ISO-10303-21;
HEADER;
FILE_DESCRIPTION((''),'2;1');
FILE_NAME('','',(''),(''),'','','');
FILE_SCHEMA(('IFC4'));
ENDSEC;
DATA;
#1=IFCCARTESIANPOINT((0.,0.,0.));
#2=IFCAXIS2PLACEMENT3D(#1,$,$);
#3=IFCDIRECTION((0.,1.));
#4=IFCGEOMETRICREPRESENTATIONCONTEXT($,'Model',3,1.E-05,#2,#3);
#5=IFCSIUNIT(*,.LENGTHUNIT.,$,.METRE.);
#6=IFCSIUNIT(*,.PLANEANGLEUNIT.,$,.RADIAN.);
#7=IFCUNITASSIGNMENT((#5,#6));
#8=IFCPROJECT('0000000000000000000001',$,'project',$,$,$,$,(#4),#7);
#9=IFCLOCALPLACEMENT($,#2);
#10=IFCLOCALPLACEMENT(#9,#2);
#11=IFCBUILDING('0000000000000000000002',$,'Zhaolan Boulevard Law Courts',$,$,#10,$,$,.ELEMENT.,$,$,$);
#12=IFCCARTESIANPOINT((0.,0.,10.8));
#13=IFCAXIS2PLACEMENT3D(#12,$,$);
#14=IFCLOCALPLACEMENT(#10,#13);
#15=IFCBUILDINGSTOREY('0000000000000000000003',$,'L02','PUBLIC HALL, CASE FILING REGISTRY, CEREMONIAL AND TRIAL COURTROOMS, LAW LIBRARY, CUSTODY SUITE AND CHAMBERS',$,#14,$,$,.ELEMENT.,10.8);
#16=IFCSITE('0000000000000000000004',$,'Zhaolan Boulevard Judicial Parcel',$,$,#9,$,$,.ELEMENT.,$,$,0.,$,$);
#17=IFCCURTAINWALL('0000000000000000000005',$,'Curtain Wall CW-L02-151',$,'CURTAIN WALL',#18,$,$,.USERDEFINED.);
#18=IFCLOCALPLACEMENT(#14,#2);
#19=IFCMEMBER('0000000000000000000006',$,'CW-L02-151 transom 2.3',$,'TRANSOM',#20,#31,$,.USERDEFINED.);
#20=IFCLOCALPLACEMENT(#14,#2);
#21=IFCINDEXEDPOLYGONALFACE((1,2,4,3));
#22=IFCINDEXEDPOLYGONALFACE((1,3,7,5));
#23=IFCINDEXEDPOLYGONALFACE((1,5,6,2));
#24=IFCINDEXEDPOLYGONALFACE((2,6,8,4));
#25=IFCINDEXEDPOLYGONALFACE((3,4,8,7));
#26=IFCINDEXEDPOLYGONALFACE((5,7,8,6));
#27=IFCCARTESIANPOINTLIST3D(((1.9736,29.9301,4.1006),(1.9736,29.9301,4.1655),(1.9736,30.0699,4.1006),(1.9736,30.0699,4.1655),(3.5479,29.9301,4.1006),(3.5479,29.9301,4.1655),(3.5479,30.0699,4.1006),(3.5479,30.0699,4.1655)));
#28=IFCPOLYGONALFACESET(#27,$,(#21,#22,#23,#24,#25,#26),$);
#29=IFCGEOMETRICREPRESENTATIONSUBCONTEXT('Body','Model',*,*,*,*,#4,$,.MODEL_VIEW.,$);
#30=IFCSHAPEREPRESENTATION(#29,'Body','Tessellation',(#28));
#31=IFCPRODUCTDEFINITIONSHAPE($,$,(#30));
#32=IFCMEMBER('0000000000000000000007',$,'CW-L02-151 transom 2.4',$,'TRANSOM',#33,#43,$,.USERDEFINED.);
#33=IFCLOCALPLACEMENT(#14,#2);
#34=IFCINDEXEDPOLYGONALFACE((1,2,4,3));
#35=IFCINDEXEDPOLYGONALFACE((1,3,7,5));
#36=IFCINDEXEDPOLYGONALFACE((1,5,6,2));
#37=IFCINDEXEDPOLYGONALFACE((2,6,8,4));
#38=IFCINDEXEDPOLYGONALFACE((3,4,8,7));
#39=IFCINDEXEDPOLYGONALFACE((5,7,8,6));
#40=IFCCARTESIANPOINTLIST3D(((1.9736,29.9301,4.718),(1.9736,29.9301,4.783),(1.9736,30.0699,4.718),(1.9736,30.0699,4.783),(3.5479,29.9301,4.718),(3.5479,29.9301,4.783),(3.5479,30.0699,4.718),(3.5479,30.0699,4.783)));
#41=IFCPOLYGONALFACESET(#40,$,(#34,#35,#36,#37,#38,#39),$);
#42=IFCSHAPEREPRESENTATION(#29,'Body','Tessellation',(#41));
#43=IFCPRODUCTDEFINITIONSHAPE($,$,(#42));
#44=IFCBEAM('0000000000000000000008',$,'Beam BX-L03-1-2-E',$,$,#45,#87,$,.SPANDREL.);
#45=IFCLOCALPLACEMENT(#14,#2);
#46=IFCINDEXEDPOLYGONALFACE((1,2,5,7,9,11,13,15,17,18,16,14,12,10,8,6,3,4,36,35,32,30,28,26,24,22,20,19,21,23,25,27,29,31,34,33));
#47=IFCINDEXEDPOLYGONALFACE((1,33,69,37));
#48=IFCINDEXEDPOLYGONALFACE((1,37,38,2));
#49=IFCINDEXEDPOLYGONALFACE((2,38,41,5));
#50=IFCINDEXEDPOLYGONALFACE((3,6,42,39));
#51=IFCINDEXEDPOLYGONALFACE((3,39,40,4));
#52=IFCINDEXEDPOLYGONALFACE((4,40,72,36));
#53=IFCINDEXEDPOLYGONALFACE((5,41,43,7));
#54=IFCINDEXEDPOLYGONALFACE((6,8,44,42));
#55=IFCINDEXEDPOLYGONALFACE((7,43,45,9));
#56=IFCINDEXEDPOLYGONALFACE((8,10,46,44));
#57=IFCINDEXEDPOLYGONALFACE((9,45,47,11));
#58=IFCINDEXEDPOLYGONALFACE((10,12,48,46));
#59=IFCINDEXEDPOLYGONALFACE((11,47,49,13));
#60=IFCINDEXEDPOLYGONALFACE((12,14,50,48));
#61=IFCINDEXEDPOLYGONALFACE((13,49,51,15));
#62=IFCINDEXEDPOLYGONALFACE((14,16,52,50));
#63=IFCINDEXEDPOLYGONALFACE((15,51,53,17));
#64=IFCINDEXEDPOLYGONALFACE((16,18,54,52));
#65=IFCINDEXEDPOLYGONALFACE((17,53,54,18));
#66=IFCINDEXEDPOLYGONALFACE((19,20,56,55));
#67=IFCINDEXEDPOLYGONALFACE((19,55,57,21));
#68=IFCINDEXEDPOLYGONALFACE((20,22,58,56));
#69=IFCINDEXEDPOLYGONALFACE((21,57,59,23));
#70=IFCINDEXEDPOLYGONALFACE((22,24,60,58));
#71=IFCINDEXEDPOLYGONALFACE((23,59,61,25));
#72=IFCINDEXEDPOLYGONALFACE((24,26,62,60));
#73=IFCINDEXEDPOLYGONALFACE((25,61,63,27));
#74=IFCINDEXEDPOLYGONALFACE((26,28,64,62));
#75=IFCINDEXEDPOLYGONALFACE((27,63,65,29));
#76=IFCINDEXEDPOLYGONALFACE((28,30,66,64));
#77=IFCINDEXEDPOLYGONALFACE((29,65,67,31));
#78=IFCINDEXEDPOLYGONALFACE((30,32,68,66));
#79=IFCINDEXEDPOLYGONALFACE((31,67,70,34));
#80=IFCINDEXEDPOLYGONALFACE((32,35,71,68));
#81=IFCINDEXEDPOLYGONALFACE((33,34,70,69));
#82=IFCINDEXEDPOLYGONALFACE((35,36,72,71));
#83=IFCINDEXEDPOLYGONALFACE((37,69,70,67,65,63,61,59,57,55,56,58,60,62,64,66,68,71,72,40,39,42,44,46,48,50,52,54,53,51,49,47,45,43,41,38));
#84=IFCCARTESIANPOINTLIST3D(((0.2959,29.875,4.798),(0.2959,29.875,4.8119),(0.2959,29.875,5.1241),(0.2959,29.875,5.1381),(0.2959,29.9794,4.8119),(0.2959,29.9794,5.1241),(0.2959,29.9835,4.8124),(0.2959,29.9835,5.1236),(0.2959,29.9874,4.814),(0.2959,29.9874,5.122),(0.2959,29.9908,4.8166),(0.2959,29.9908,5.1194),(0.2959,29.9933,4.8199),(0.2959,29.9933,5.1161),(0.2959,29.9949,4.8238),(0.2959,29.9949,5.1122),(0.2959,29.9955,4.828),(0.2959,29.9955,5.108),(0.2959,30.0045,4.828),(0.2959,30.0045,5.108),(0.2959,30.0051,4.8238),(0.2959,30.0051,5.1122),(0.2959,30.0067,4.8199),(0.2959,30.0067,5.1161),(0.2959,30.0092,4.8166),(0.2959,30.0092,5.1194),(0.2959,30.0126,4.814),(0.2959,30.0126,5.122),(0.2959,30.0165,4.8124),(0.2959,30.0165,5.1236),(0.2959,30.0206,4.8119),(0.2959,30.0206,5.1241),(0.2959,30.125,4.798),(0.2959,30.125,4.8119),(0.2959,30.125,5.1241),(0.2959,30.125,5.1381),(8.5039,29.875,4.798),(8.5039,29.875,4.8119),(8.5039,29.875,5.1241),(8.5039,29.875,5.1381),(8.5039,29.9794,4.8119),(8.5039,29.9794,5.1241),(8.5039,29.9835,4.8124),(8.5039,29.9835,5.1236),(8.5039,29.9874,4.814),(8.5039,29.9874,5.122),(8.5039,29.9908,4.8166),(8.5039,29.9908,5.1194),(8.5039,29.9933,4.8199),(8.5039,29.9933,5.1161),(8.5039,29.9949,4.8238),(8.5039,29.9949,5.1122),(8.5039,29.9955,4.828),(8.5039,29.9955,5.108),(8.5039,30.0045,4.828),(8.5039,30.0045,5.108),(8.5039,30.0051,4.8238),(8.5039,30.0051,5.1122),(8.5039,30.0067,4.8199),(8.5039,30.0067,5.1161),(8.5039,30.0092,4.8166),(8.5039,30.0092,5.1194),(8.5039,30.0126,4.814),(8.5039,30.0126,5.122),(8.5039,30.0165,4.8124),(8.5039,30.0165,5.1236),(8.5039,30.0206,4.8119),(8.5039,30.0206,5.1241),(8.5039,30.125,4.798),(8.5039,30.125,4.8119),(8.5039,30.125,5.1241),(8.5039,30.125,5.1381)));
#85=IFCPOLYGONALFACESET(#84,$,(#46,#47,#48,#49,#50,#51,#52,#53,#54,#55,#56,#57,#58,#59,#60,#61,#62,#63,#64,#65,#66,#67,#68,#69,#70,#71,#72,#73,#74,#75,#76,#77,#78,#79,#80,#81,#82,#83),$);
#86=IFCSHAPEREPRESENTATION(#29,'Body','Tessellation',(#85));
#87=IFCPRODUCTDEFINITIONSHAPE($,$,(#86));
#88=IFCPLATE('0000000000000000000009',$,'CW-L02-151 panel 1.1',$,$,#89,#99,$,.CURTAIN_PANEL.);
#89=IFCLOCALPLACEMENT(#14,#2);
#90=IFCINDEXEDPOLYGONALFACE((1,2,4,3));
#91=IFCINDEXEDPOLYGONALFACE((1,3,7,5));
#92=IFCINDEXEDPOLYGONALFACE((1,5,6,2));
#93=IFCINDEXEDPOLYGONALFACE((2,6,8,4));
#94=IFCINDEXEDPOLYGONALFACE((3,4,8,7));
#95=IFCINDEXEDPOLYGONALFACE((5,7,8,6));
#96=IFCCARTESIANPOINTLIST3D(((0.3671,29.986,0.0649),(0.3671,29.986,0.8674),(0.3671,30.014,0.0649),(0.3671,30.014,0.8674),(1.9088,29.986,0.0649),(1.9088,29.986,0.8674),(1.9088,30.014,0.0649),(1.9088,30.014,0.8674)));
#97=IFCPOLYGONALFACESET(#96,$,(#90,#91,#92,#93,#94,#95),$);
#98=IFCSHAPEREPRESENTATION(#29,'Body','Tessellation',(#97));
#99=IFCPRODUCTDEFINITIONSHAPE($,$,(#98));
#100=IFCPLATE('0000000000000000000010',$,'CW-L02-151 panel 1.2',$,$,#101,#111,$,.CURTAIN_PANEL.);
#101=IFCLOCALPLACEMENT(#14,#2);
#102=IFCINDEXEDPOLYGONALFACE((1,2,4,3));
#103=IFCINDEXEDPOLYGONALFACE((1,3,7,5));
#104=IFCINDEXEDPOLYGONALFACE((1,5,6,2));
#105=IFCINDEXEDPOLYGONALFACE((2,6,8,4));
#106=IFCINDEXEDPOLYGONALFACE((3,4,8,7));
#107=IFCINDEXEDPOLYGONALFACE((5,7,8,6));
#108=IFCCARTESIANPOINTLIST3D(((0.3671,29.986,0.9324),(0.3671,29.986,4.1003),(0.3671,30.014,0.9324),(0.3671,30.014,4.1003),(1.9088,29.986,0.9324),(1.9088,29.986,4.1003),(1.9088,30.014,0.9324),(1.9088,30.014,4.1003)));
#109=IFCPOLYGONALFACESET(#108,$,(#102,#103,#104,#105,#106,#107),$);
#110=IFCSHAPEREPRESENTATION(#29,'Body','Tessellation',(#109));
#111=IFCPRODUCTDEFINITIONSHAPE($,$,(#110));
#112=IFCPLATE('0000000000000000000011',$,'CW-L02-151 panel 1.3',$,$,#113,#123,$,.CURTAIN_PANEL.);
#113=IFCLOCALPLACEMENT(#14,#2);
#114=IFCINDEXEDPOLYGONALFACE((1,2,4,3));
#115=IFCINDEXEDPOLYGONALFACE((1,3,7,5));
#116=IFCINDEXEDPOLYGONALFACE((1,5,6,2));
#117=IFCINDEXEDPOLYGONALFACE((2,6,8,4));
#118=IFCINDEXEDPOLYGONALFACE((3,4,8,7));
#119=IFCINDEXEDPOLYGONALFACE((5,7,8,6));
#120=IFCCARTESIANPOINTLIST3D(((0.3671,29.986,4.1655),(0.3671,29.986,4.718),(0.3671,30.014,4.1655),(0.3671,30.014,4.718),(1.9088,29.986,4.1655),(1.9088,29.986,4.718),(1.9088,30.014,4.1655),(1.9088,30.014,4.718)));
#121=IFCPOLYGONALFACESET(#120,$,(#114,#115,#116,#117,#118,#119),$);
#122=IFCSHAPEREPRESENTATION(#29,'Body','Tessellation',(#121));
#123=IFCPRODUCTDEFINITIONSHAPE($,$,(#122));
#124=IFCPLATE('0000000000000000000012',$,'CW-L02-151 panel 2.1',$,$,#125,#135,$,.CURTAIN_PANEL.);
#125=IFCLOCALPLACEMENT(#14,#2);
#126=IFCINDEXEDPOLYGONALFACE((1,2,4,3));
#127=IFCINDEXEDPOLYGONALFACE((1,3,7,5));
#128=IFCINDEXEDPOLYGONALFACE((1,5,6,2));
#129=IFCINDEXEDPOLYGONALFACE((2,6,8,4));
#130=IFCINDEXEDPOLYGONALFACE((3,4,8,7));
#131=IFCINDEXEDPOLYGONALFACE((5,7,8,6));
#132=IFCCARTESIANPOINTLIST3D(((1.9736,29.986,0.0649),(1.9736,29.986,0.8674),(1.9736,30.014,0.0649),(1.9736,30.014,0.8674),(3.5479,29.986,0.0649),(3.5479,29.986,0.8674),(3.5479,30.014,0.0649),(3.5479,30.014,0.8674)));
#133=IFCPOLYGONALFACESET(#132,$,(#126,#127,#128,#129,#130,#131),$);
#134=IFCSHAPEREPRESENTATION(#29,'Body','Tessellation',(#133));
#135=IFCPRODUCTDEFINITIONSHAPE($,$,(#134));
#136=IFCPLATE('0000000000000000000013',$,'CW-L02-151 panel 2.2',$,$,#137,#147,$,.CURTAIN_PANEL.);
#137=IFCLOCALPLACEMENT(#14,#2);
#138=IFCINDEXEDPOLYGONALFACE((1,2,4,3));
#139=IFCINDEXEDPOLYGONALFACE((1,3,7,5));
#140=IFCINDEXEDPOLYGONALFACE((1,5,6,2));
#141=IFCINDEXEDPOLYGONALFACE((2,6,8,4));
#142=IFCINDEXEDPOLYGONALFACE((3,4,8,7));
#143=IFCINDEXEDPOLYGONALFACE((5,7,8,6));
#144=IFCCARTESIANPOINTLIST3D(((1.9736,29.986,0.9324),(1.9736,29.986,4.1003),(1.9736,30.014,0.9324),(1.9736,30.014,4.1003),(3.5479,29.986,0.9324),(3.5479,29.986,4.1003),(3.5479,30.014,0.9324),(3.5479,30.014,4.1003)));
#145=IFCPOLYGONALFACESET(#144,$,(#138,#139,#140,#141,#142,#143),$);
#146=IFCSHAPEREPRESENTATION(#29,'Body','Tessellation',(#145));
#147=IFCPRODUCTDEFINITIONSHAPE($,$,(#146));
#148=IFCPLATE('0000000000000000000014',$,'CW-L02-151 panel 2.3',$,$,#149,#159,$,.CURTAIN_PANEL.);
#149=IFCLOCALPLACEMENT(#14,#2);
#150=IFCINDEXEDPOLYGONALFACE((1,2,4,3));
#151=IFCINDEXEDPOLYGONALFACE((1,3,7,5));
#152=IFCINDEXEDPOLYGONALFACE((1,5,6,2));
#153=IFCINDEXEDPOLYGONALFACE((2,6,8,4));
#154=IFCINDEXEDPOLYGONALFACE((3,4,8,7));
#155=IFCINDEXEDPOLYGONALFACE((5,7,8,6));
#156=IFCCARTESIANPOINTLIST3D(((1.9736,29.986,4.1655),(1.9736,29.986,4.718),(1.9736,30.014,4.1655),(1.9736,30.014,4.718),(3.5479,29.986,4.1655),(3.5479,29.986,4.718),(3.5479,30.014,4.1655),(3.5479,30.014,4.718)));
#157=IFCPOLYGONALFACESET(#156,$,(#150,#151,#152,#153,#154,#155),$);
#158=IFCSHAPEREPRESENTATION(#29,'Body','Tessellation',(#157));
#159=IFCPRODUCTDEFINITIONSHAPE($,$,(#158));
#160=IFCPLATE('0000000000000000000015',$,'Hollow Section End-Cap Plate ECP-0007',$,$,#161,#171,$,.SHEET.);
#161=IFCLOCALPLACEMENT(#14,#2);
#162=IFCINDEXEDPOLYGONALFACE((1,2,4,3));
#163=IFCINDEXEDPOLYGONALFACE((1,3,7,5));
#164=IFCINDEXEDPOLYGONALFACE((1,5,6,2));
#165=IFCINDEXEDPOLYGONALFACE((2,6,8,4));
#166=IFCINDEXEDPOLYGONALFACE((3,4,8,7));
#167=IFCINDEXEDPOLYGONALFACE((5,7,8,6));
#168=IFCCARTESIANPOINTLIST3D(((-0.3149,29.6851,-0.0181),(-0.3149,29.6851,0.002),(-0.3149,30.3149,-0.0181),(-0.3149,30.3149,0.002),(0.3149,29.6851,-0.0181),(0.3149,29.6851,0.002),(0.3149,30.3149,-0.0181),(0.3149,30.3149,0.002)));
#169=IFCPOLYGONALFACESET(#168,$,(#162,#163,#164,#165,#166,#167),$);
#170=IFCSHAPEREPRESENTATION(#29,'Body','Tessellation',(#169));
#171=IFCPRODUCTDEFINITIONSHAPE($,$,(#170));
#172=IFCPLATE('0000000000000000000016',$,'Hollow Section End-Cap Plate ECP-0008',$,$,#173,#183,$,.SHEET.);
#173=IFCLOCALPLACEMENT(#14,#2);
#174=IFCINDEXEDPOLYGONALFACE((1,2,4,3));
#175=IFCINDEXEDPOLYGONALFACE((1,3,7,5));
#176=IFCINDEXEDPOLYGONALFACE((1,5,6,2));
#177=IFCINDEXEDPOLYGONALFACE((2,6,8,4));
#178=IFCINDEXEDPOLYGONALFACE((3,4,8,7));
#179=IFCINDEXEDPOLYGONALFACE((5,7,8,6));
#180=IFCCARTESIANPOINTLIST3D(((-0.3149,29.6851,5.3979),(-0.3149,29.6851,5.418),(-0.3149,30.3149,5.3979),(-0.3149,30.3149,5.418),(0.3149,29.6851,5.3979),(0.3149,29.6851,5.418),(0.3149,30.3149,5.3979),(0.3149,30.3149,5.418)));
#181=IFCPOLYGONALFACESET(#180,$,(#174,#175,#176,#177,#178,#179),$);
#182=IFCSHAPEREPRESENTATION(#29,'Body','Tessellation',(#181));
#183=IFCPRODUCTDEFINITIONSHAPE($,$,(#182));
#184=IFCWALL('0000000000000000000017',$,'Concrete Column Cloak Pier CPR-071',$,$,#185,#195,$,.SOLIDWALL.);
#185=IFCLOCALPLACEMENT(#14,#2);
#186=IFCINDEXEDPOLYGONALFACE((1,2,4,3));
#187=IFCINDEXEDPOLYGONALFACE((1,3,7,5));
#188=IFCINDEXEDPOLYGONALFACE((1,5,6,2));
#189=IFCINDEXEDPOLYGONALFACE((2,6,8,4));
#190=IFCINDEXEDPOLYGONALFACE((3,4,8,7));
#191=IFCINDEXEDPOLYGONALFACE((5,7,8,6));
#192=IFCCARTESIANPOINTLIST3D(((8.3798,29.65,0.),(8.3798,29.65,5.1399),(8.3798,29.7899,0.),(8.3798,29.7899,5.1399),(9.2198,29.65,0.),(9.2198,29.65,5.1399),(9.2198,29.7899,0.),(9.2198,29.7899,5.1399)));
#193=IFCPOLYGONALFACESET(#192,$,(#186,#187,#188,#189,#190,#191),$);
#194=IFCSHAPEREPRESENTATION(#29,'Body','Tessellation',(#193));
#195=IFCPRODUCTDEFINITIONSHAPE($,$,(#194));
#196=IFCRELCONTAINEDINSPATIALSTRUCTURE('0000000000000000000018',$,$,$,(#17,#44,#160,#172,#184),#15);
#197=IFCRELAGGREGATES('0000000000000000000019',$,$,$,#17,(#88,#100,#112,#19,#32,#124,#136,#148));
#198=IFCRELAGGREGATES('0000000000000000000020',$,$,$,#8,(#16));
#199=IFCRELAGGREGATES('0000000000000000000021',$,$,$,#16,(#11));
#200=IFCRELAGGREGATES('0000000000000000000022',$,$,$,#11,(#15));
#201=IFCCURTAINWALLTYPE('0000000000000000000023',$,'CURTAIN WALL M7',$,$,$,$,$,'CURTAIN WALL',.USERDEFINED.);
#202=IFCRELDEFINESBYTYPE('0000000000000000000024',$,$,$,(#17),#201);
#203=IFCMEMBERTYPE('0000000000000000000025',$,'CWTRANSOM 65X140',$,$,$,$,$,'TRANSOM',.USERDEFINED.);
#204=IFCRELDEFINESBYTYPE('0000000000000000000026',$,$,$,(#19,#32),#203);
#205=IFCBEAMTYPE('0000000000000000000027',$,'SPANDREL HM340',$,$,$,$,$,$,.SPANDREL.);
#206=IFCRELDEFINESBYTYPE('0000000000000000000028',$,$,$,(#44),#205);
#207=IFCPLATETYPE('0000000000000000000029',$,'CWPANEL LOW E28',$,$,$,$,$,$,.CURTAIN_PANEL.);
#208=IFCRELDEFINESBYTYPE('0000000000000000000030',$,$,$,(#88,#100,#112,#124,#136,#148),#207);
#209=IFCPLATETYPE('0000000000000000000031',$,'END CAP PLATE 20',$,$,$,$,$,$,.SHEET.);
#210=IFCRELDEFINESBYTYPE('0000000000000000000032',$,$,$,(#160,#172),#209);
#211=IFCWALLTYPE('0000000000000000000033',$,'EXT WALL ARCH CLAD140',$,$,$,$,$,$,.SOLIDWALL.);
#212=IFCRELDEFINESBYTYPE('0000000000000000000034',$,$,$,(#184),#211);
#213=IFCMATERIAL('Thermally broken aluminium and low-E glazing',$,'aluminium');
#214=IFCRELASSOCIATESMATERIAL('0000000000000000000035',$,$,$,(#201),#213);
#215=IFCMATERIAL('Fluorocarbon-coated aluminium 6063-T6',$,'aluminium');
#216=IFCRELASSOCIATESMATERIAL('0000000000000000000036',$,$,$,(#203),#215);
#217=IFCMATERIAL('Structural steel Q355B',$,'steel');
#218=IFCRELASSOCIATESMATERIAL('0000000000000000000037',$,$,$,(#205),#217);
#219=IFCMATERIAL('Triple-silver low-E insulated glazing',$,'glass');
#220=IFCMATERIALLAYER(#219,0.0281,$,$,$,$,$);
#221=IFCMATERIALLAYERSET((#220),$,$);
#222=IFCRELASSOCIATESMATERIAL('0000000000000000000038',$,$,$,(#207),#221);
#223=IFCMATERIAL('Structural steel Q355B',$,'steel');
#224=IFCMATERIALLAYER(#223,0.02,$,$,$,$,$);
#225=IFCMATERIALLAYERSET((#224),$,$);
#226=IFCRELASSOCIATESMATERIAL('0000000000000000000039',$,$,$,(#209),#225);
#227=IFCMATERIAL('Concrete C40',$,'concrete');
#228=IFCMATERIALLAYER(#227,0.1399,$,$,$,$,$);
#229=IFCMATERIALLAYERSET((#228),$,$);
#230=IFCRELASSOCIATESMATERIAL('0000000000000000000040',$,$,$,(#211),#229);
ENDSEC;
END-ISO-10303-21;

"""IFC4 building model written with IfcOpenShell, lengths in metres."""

from ifc_helpers import new_model, si_unit, direction, frame, frame_2d, origin, origin_2d, place, context, subcontext, project, spatial, rectangle, i_section, extrude, material, layer, layer_set, material_profile, profile_set, type_object, element, aggregate, save


model = new_model("IFC4")

# Units and contexts
model_context = context("Model", 3, precision=1e-05, world=origin(), true_north=direction((0.0, 1.0)))
body_context = subcontext(model_context, "Body", "Model", "MODEL_VIEW")
ifc_project = project(units=[si_unit("LENGTHUNIT", "METRE"), si_unit("PLANEANGLEUNIT", "RADIAN")], contexts=[model_context])

# Site, building, storey
site_placement = place(None, origin())
site = spatial("IfcSite", under=ifc_project, at=site_placement, Name="Zhaolan Boulevard Judicial Parcel", CompositionType="ELEMENT", RefElevation=0.0)
building_placement = place(site_placement, origin())
building = spatial("IfcBuilding", under=site, at=building_placement, Name="Zhaolan Boulevard Law Courts", CompositionType="ELEMENT")
storey_placement = place(building_placement, frame((0.0, 0.0, 10.8)))
storey = spatial("IfcBuildingStorey", under=building, at=storey_placement, Name="L02", Description="PUBLIC HALL, CASE FILING REGISTRY, CEREMONIAL AND TRIAL COURTROOMS, LAW LIBRARY, CUSTODY SUITE AND CHAMBERS", CompositionType="ELEMENT", Elevation=10.8)

# Curtain wall, members
ifc_material_1 = material(Name="Thermally broken aluminium and low-E glazing", Category="aluminium")
curtain_wall_type = type_object("IfcCurtainWallType", Name="CURTAIN WALL M7", ElementType="CURTAIN WALL", PredefinedType="USERDEFINED", material=ifc_material_1)
curtain_wall_placement = place(storey_placement, origin())
curtain_wall = element("IfcCurtainWall", 1, at=curtain_wall_placement, inside=storey, type_object=curtain_wall_type, Name="Curtain Wall CW-L02-151", ObjectType="CURTAIN WALL", PredefinedType="USERDEFINED")
ifc_material_2 = material(Name="Fluorocarbon-coated aluminium 6063-T6", Category="aluminium")
ifc_material_profile_1 = material_profile(ifc_material_2, rectangle(XDim=0.1399, YDim=0.0649, at=origin_2d()), Name="AL65x140")
ifc_profile_set_1 = profile_set([ifc_material_profile_1], Name="Fluorocarbon-coated aluminium 6063-T6")
member_type_1 = type_object("IfcMemberType", Name="CWTRANSOM 65X140", ElementType="TRANSOM", PredefinedType="USERDEFINED", material=ifc_profile_set_1)
member_1_placement = place(storey_placement, frame((1.9736, 30.0, 4.1331), z_axis=(1.0, 0.0, 0.0), x_axis=(0.0, 1.0, 0.0)))
member_1 = element("IfcMember", 2, at=member_1_placement, type_object=member_type_1, Name="CW-L02-151 transom 2.3", ObjectType="TRANSOM", PredefinedType="USERDEFINED", context=body_context, shape_type="SweptSolid", body=[
    extrude(rectangle(XDim=0.1399, YDim=0.0649, at=origin_2d()), origin(), (0.0, 0.0, 1.0), 1.5742),
])
member_2_placement = place(storey_placement, frame((1.9736, 30.0, 4.7505), z_axis=(1.0, 0.0, 0.0), x_axis=(0.0, 1.0, 0.0)))
member_2 = element("IfcMember", 3, at=member_2_placement, type_object=member_type_1, Name="CW-L02-151 transom 2.4", ObjectType="TRANSOM", PredefinedType="USERDEFINED", context=body_context, shape_type="SweptSolid", body=[
    extrude(rectangle(XDim=0.1399, YDim=0.0649, at=origin_2d()), origin(), (0.0, 0.0, 1.0), 1.5742),
])

# Beam
ifc_material_3 = material(Name="Structural steel Q355B", Category="steel")
ifc_material_profile_2 = material_profile(ifc_material_3, i_section(OverallWidth=0.25, OverallDepth=0.3401, WebThickness=0.009, FlangeThickness=0.0139, FilletRadius=0.0161, at=origin_2d()), Name="HM340x250")
ifc_profile_set_2 = profile_set([ifc_material_profile_2], Name="Structural steel Q355B")
beam_type = type_object("IfcBeamType", Name="SPANDREL HM340", PredefinedType="SPANDREL", material=ifc_profile_set_2)
beam_placement = place(storey_placement, frame((0.2959, 30.0, 4.968), z_axis=(1.0, 0.0, 0.0), x_axis=(0.0, 1.0, 0.0)))
element("IfcBeam", 4, at=beam_placement, inside=storey, type_object=beam_type, Name="Beam BX-L03-1-2-E", PredefinedType="SPANDREL", context=body_context, shape_type="SweptSolid", body=[
    extrude(i_section(OverallWidth=0.25, OverallDepth=0.3401, WebThickness=0.009, FlangeThickness=0.0139, FilletRadius=0.0161, at=origin_2d()), origin(), (0.0, 0.0, 1.0), 8.208),
])

# Plates
ifc_material_4 = material(Name="Triple-silver low-E insulated glazing", Category="glass")
ifc_layer_1 = layer(ifc_material_4, 0.0281)
ifc_layer_set_1 = layer_set([ifc_layer_1])
plate_type_1 = type_object("IfcPlateType", Name="CWPANEL LOW E28", PredefinedType="CURTAIN_PANEL", material=ifc_layer_set_1)
plate_1_placement = place(storey_placement, frame((1.1379, 30.0, 0.0649), z_axis=(0.0, 0.0, 1.0), x_axis=(1.0, 0.0, 0.0)))
plate_1 = element("IfcPlate", 5, at=plate_1_placement, type_object=plate_type_1, Name="CW-L02-151 panel 1.1", PredefinedType="CURTAIN_PANEL", context=body_context, shape_type="SweptSolid", body=[
    extrude(rectangle(XDim=1.5417, YDim=0.0281, at=origin_2d()), origin(), (0.0, 0.0, 1.0), 0.8025),
])
plate_2_placement = place(storey_placement, frame((1.1379, 30.0, 0.9324), z_axis=(0.0, 0.0, 1.0), x_axis=(1.0, 0.0, 0.0)))
plate_2 = element("IfcPlate", 6, at=plate_2_placement, type_object=plate_type_1, Name="CW-L02-151 panel 1.2", PredefinedType="CURTAIN_PANEL", context=body_context, shape_type="SweptSolid", body=[
    extrude(rectangle(XDim=1.5417, YDim=0.0281, at=origin_2d()), origin(), (0.0, 0.0, 1.0), 3.168),
])
plate_3_placement = place(storey_placement, frame((1.1379, 30.0, 4.1655), z_axis=(0.0, 0.0, 1.0), x_axis=(1.0, 0.0, 0.0)))
plate_3 = element("IfcPlate", 7, at=plate_3_placement, type_object=plate_type_1, Name="CW-L02-151 panel 1.3", PredefinedType="CURTAIN_PANEL", context=body_context, shape_type="SweptSolid", body=[
    extrude(rectangle(XDim=1.5417, YDim=0.0281, at=origin_2d()), origin(), (0.0, 0.0, 1.0), 0.5525),
])
plate_4_placement = place(storey_placement, frame((2.7607, 30.0, 0.0649), z_axis=(0.0, 0.0, 1.0), x_axis=(1.0, 0.0, 0.0)))
plate_4 = element("IfcPlate", 8, at=plate_4_placement, type_object=plate_type_1, Name="CW-L02-151 panel 2.1", PredefinedType="CURTAIN_PANEL", context=body_context, shape_type="SweptSolid", body=[
    extrude(rectangle(XDim=1.5742, YDim=0.0281, at=origin_2d()), origin(), (0.0, 0.0, 1.0), 0.8025),
])
plate_5_placement = place(storey_placement, frame((2.7607, 30.0, 0.9324), z_axis=(0.0, 0.0, 1.0), x_axis=(1.0, 0.0, 0.0)))
plate_5 = element("IfcPlate", 9, at=plate_5_placement, type_object=plate_type_1, Name="CW-L02-151 panel 2.2", PredefinedType="CURTAIN_PANEL", context=body_context, shape_type="SweptSolid", body=[
    extrude(rectangle(XDim=1.5742, YDim=0.0281, at=origin_2d()), origin(), (0.0, 0.0, 1.0), 3.168),
])
plate_6_placement = place(storey_placement, frame((2.7607, 30.0, 4.1655), z_axis=(0.0, 0.0, 1.0), x_axis=(1.0, 0.0, 0.0)))
plate_6 = element("IfcPlate", 10, at=plate_6_placement, type_object=plate_type_1, Name="CW-L02-151 panel 2.3", PredefinedType="CURTAIN_PANEL", context=body_context, shape_type="SweptSolid", body=[
    extrude(rectangle(XDim=1.5742, YDim=0.0281, at=origin_2d()), origin(), (0.0, 0.0, 1.0), 0.5525),
])
aggregate(curtain_wall, [plate_1, plate_2, plate_3, member_1, member_2, plate_4, plate_5, plate_6])

# Plates
ifc_material_5 = material(Name="Structural steel Q355B", Category="steel")
ifc_layer_2 = layer(ifc_material_5, 0.02)
ifc_layer_set_2 = layer_set([ifc_layer_2])
plate_type_2 = type_object("IfcPlateType", Name="END CAP PLATE 20", PredefinedType="SHEET", material=ifc_layer_set_2)
for number, where, z_axis, x_axis, name in (
    (11, (0.0, 30.0, -0.0181), (0.0, 0.0, 1.0), (1.0, 0.0, 0.0), "Hollow Section End-Cap Plate ECP-0007"),
    (12, (0.0, 30.0, 5.3979), (0.0, 0.0, 1.0), (1.0, 0.0, 0.0), "Hollow Section End-Cap Plate ECP-0008"),
):
    element("IfcPlate", number, at=place(storey_placement, frame(where, z_axis=z_axis, x_axis=x_axis)), inside=storey, type_object=plate_type_2, Name=name, PredefinedType="SHEET", context=body_context, shape_type="SweptSolid", body=[
        extrude(rectangle(XDim=0.6299, YDim=0.6299, at=origin_2d()), origin(), (0.0, 0.0, 1.0), 0.02),
    ])

# Wall
ifc_material_6 = material(Name="Concrete C40", Category="concrete")
ifc_layer_3 = layer(ifc_material_6, 0.1399)
ifc_layer_set_3 = layer_set([ifc_layer_3])
wall_type = type_object("IfcWallType", Name="EXT WALL ARCH CLAD140", PredefinedType="SOLIDWALL", material=ifc_layer_set_3)
for number, where, z_axis, x_axis, name in (
    (13, (8.3799, 29.72, 0.0), (0.0, 0.0, 1.0), (1.0, 0.0, 0.0), "Concrete Column Cloak Pier CPR-071"),
):
    element("IfcWall", number, at=place(storey_placement, frame(where, z_axis=z_axis, x_axis=x_axis)), inside=storey, type_object=wall_type, Name=name, PredefinedType="SOLIDWALL", context=body_context, shape_type="SweptSolid", body=[
        extrude(rectangle(XDim=0.8401, YDim=0.1399, at=frame_2d((0.4199, 0.0))), origin(), (0.0, 0.0, 1.0), 5.1399),
    ])

save(model, "model.ifc")
